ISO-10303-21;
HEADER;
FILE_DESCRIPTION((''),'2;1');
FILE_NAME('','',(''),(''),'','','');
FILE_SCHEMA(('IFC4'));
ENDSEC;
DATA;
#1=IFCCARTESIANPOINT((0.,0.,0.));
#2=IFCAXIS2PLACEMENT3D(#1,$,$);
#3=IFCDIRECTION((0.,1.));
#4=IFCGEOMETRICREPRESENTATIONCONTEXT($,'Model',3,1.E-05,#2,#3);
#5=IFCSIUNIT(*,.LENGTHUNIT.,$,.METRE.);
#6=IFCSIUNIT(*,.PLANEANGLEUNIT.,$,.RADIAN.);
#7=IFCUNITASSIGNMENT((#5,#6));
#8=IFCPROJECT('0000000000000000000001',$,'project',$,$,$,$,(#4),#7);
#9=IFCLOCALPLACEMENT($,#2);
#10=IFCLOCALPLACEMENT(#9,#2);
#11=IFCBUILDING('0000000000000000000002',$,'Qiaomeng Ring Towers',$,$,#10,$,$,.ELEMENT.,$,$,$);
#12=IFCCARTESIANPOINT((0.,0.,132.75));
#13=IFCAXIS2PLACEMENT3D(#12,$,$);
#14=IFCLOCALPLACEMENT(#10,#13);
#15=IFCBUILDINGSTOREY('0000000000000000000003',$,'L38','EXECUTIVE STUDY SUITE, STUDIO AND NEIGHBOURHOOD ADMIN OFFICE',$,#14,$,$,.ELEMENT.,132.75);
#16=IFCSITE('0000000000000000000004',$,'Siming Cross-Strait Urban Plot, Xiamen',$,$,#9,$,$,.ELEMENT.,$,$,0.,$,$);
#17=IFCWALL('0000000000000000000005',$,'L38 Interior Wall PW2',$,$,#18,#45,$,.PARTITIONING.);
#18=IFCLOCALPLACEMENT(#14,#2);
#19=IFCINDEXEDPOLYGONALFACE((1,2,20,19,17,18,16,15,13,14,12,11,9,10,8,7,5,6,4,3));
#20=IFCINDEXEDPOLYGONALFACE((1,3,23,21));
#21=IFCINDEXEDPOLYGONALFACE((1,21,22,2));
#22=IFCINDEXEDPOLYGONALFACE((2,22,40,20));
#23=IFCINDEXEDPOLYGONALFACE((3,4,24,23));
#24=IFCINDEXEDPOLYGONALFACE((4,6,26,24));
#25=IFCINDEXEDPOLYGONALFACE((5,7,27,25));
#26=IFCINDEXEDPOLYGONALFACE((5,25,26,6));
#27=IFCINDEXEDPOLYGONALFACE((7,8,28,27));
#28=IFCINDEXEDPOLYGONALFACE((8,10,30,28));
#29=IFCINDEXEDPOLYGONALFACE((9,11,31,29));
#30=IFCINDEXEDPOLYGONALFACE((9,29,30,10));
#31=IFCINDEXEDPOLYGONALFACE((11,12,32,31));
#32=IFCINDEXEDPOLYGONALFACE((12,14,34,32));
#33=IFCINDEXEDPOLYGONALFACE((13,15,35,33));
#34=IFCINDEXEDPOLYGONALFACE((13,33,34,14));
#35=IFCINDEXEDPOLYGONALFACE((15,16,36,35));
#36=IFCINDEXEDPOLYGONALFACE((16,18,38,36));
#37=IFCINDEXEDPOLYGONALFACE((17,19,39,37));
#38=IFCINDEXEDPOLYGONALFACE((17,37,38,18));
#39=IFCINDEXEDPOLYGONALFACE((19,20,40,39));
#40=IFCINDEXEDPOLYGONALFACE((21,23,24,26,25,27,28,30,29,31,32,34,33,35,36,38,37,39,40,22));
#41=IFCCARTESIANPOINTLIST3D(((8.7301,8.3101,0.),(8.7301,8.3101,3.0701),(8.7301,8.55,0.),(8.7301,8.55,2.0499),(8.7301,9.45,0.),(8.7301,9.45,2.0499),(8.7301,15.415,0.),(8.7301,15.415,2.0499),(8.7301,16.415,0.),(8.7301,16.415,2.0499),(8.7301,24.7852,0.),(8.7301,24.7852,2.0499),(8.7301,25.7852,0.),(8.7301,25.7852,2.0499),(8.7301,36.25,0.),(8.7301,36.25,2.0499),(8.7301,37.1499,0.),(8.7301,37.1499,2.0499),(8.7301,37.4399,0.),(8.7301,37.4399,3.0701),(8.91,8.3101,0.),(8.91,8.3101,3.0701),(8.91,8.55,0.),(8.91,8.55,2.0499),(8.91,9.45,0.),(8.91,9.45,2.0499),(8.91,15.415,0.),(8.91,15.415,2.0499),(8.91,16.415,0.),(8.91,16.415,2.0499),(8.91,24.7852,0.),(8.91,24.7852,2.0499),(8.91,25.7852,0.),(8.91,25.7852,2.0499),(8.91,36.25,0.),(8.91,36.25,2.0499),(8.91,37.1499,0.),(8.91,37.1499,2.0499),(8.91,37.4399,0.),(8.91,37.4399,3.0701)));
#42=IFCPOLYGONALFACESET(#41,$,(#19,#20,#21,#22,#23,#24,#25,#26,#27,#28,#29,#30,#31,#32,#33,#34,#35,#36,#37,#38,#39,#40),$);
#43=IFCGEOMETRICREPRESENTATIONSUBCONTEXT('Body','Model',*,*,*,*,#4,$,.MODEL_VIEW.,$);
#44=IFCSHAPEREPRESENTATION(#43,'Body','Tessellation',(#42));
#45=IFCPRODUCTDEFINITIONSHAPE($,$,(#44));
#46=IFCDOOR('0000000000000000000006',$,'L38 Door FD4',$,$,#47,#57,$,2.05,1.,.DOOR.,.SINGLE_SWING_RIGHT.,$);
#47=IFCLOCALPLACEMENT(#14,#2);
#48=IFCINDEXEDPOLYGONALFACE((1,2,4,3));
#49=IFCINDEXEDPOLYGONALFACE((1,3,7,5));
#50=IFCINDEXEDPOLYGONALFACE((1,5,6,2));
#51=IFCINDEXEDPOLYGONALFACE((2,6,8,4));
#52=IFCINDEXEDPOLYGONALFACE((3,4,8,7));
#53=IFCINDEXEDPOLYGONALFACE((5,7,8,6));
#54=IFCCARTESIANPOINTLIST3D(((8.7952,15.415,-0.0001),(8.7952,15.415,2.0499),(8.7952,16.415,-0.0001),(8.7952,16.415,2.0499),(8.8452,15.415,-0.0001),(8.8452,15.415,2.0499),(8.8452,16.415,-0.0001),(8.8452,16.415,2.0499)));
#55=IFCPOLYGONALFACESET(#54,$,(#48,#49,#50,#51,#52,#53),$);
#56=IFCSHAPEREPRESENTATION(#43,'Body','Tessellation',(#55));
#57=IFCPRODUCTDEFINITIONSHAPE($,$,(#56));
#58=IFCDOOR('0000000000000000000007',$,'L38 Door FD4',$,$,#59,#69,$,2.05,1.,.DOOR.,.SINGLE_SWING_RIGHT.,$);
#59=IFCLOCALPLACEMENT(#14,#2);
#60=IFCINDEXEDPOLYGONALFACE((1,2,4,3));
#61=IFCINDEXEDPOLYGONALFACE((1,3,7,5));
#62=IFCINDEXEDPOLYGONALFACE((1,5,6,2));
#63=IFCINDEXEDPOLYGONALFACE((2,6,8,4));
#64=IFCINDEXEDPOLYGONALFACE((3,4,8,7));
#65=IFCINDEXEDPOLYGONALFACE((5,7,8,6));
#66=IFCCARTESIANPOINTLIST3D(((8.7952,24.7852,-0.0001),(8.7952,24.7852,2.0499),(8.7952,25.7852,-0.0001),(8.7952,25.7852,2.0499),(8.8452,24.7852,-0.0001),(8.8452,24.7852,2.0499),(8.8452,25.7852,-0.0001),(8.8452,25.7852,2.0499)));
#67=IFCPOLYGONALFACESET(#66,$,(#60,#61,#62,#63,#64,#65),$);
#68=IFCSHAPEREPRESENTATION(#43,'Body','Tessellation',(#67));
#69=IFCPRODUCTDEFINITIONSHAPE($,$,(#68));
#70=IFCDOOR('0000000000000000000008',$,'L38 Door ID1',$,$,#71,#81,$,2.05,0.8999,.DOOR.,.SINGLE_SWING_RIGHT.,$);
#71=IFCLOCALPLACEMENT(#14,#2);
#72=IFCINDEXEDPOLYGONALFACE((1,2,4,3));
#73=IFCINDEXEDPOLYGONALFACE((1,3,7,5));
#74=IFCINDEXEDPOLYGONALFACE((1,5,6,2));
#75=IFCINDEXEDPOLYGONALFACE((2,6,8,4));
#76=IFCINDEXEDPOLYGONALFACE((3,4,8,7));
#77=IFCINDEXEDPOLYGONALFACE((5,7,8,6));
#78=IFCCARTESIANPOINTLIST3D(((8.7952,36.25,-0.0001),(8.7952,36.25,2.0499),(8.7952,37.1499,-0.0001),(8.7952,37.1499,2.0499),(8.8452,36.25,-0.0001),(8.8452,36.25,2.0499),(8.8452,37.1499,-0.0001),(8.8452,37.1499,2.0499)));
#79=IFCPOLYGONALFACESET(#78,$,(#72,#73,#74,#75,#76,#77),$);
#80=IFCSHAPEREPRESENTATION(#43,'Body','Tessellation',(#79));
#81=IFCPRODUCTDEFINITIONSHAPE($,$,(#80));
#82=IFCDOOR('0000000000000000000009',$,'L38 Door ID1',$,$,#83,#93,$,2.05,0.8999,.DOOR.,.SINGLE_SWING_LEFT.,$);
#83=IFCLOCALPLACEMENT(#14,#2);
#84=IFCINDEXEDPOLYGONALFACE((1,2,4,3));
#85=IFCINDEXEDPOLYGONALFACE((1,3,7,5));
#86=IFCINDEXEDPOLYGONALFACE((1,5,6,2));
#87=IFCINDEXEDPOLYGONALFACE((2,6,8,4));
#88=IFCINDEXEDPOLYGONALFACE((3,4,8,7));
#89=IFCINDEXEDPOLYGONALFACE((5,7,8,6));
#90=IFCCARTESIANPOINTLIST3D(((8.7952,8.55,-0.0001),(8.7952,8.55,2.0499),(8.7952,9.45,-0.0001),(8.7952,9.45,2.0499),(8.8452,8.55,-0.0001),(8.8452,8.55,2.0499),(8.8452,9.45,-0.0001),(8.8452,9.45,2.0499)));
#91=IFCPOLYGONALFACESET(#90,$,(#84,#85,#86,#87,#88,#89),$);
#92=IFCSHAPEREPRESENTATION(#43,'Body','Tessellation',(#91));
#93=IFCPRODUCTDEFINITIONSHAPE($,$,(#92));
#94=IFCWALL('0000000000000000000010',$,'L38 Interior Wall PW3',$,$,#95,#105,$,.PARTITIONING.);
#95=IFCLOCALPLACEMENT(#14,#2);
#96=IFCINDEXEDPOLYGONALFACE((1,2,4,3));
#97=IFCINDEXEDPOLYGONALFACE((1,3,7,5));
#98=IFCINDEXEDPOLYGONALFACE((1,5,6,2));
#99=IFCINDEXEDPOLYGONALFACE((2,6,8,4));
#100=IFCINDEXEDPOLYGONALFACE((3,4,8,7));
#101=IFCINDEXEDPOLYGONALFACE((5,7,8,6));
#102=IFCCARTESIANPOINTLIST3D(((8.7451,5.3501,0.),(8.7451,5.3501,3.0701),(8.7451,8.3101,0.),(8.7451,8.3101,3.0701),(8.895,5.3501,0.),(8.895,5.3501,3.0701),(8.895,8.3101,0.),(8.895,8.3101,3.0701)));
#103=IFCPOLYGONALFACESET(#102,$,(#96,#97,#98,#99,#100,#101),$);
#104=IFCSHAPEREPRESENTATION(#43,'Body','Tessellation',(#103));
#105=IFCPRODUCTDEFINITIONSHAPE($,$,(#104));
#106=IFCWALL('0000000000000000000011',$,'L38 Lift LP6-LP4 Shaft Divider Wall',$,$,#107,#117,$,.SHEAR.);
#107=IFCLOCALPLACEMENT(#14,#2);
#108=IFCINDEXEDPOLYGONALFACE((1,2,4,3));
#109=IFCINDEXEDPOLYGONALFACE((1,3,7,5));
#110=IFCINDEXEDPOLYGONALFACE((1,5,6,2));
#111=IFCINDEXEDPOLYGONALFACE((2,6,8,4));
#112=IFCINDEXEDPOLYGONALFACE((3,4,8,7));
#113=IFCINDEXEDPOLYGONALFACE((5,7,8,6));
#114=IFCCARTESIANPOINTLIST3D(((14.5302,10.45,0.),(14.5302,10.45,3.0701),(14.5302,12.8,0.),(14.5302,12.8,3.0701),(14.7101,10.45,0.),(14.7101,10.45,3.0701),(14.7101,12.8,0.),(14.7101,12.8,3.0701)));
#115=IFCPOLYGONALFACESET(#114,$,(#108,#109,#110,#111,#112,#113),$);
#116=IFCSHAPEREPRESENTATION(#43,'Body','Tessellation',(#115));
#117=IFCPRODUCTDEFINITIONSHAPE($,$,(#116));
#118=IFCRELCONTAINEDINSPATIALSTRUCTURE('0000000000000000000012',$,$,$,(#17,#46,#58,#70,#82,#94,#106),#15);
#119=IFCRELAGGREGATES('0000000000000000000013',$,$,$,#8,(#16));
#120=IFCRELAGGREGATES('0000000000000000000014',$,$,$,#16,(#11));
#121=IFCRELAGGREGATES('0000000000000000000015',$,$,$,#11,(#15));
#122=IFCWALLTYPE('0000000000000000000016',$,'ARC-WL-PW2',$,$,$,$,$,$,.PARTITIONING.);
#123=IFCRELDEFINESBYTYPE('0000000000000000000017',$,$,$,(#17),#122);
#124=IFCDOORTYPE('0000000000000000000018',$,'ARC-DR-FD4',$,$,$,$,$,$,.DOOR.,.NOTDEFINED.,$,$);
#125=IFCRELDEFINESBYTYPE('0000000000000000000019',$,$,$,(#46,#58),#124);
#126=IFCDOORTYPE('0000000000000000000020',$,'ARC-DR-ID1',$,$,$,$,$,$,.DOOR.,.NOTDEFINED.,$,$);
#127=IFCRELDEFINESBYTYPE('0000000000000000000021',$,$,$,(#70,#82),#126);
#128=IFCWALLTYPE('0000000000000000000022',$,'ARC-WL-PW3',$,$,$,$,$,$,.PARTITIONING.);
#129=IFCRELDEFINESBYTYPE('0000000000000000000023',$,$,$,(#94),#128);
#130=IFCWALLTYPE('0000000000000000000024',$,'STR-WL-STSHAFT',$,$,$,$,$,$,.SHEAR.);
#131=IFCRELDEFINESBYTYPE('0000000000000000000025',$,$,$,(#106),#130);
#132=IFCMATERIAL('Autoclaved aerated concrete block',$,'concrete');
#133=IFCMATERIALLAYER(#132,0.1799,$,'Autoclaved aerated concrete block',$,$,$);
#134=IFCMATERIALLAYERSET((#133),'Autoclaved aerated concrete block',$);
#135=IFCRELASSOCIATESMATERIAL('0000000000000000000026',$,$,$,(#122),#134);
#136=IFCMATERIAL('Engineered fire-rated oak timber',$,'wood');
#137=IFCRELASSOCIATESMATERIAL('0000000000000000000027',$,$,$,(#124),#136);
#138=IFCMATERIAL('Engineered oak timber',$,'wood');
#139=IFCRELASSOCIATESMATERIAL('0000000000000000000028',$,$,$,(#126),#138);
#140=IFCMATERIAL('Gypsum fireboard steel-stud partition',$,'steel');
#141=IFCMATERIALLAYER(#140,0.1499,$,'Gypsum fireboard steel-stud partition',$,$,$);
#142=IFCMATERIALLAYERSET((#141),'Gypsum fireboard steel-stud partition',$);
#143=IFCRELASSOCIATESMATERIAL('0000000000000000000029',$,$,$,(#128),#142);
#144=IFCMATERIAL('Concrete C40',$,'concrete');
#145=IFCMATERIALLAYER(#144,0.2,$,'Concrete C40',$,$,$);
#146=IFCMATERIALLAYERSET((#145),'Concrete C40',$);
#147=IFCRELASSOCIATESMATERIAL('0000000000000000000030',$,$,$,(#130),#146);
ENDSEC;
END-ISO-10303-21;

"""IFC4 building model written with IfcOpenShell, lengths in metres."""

from ifc_helpers import new_model, si_unit, direction, frame, frame_2d, origin, place, context, subcontext, project, spatial, rectangle, extrude, source, transform, mapped, material, layer, layer_set, type_object, element, fill, save


model = new_model("IFC4")

# Units and contexts
model_context = context("Model", 3, precision=1e-05, world=origin(), true_north=direction((0.0, 1.0)))
body_context = subcontext(model_context, "Body", "Model", "MODEL_VIEW")
ifc_project = project(units=[si_unit("LENGTHUNIT", "METRE"), si_unit("PLANEANGLEUNIT", "RADIAN")], contexts=[model_context])

# Site, building, storey
site_placement = place(None, origin())
site = spatial("IfcSite", under=ifc_project, at=site_placement, Name="Siming Cross-Strait Urban Plot, Xiamen", CompositionType="ELEMENT", RefElevation=0.0)
building_placement = place(site_placement, origin())
building = spatial("IfcBuilding", under=site, at=building_placement, Name="Qiaomeng Ring Towers", CompositionType="ELEMENT")
storey_placement = place(building_placement, frame((0.0, 0.0, 132.75)))
storey = spatial("IfcBuildingStorey", under=building, at=storey_placement, Name="L38", Description="EXECUTIVE STUDY SUITE, STUDIO AND NEIGHBOURHOOD ADMIN OFFICE", CompositionType="ELEMENT", Elevation=132.75)

# Wall, openings, doors
ifc_material_1 = material(Name="Autoclaved aerated concrete block", Category="concrete")
ifc_layer_1 = layer(ifc_material_1, 0.1799, Name="Autoclaved aerated concrete block")
ifc_layer_set_1 = layer_set([ifc_layer_1], Name="Autoclaved aerated concrete block")
wall_type_1 = type_object("IfcWallType", Name="ARC-WL-PW2", PredefinedType="PARTITIONING", material=ifc_layer_set_1)
ifc_material_2 = material(Name="Engineered fire-rated oak timber", Category="wood")
door_type_1 = type_object("IfcDoorType", Name="ARC-DR-FD4", OperationType="NOTDEFINED", PredefinedType="DOOR", material=ifc_material_2)
shared_shape_1 = source(origin(), body_context, "Body", "SweptSolid", [
    extrude(rectangle(XDim=1.0, YDim=2.05, at=frame_2d((0.5, 1.0249))), frame((0.0, 0.0249, 0.0), z_axis=(0.0, -1.0, 0.0), x_axis=(1.0, 0.0, 0.0)), (0.0, 0.0, 1.0), 0.05),
])
wall_1_placement = place(storey_placement, frame((8.8201, 8.3101, 0.0), z_axis=(0.0, 0.0, 1.0), x_axis=(0.0, 1.0, 0.0)))
wall_1 = element("IfcWall", 1, at=wall_1_placement, inside=storey, type_object=wall_type_1, Name="L38 Interior Wall PW2", PredefinedType="PARTITIONING", context=body_context, shape_type="SweptSolid", body=[
    extrude(rectangle(XDim=29.1299, YDim=0.1799, at=frame_2d((14.5649, 0.0))), origin(), (0.0, 0.0, 1.0), 3.0701),
])
opening_1_placement = place(wall_1_placement, frame((27.9399, 0.0, 0.0)))
opening_1 = element("IfcOpeningElement", 2, at=opening_1_placement, cuts=wall_1, PredefinedType="OPENING", context=body_context, shape_type="SweptSolid", body=[
    extrude(rectangle(XDim=0.8999, YDim=2.05, at=frame_2d((0.45, 1.0249))), frame((0.0, 0.0999, 0.0), z_axis=(0.0, -1.0, 0.0), x_axis=(1.0, 0.0, 0.0)), (0.0, 0.0, 1.0), 0.2),
])
opening_2_placement = place(wall_1_placement, frame((0.24, 0.0, 0.0)))
opening_2 = element("IfcOpeningElement", 3, at=opening_2_placement, cuts=wall_1, PredefinedType="OPENING", context=body_context, shape_type="SweptSolid", body=[
    extrude(rectangle(XDim=0.8999, YDim=2.05, at=frame_2d((0.45, 1.0249))), frame((0.0, 0.0999, 0.0), z_axis=(0.0, -1.0, 0.0), x_axis=(1.0, 0.0, 0.0)), (0.0, 0.0, 1.0), 0.2),
])
opening_3_placement = place(wall_1_placement, frame((7.105, 0.0, 0.0)))
opening_3 = element("IfcOpeningElement", 4, at=opening_3_placement, cuts=wall_1, PredefinedType="OPENING", context=body_context, shape_type="SweptSolid", body=[
    extrude(rectangle(XDim=1.0, YDim=2.05, at=frame_2d((0.5, 1.0249))), frame((0.0, 0.0999, 0.0), z_axis=(0.0, -1.0, 0.0), x_axis=(1.0, 0.0, 0.0)), (0.0, 0.0, 1.0), 0.2),
])
opening_4_placement = place(wall_1_placement, frame((16.4751, 0.0, 0.0)))
opening_4 = element("IfcOpeningElement", 5, at=opening_4_placement, cuts=wall_1, PredefinedType="OPENING", context=body_context, shape_type="SweptSolid", body=[
    extrude(rectangle(XDim=1.0, YDim=2.05, at=frame_2d((0.5, 1.0249))), frame((0.0, 0.0999, 0.0), z_axis=(0.0, -1.0, 0.0), x_axis=(1.0, 0.0, 0.0)), (0.0, 0.0, 1.0), 0.2),
])
door_1_placement = place(opening_3_placement, origin())
door_1 = element("IfcDoor", 6, at=door_1_placement, inside=storey, type_object=door_type_1, Name="L38 Door FD4", OperationType="SINGLE_SWING_RIGHT", OverallHeight=2.05, OverallWidth=1.0, PredefinedType="DOOR", context=body_context, shape_type="MappedRepresentation", body=[
    mapped(shared_shape_1, transform((0.0, 0.0, 0.0), x_axis=(1.0, 0.0, 0.0), y_axis=(0.0, 1.0, 0.0), z_axis=(0.0, 0.0, 1.0), scale=1.0)),
])
fill(opening_3, door_1)
door_2_placement = place(opening_4_placement, origin())
door_2 = element("IfcDoor", 7, at=door_2_placement, inside=storey, type_object=door_type_1, Name="L38 Door FD4", OperationType="SINGLE_SWING_RIGHT", OverallHeight=2.05, OverallWidth=1.0, PredefinedType="DOOR", context=body_context, shape_type="MappedRepresentation", body=[
    mapped(shared_shape_1, transform((0.0, 0.0, 0.0), x_axis=(1.0, 0.0, 0.0), y_axis=(0.0, 1.0, 0.0), z_axis=(0.0, 0.0, 1.0), scale=1.0)),
])
fill(opening_4, door_2)
ifc_material_3 = material(Name="Engineered oak timber", Category="wood")
door_type_2 = type_object("IfcDoorType", Name="ARC-DR-ID1", OperationType="NOTDEFINED", PredefinedType="DOOR", material=ifc_material_3)
shared_shape_2 = source(origin(), body_context, "Body", "SweptSolid", [
    extrude(rectangle(XDim=0.8999, YDim=2.05, at=frame_2d((0.45, 1.0249))), frame((0.0, 0.0249, 0.0), z_axis=(0.0, -1.0, 0.0), x_axis=(1.0, 0.0, 0.0)), (0.0, 0.0, 1.0), 0.05),
])
door_3_placement = place(opening_1_placement, origin())
door_3 = element("IfcDoor", 8, at=door_3_placement, inside=storey, type_object=door_type_2, Name="L38 Door ID1", OperationType="SINGLE_SWING_RIGHT", OverallHeight=2.05, OverallWidth=0.8999, PredefinedType="DOOR", context=body_context, shape_type="MappedRepresentation", body=[
    mapped(shared_shape_2, transform((0.0, 0.0, 0.0), x_axis=(1.0, 0.0, 0.0), y_axis=(0.0, 1.0, 0.0), z_axis=(0.0, 0.0, 1.0), scale=1.0)),
])
fill(opening_1, door_3)
door_4_placement = place(opening_2_placement, origin())
door_4 = element("IfcDoor", 9, at=door_4_placement, inside=storey, type_object=door_type_2, Name="L38 Door ID1", OperationType="SINGLE_SWING_LEFT", OverallHeight=2.05, OverallWidth=0.8999, PredefinedType="DOOR", context=body_context, shape_type="MappedRepresentation", body=[
    mapped(shared_shape_2, transform((0.0, 0.0, 0.0), x_axis=(1.0, 0.0, 0.0), y_axis=(0.0, 1.0, 0.0), z_axis=(0.0, 0.0, 1.0), scale=1.0)),
])
fill(opening_2, door_4)

# Walls
ifc_material_4 = material(Name="Gypsum fireboard steel-stud partition", Category="steel")
ifc_layer_2 = layer(ifc_material_4, 0.1499, Name="Gypsum fireboard steel-stud partition")
ifc_layer_set_2 = layer_set([ifc_layer_2], Name="Gypsum fireboard steel-stud partition")
wall_type_2 = type_object("IfcWallType", Name="ARC-WL-PW3", PredefinedType="PARTITIONING", material=ifc_layer_set_2)
wall_2_placement = place(storey_placement, frame((8.8201, 5.3501, 0.0), z_axis=(0.0, 0.0, 1.0), x_axis=(0.0, 1.0, 0.0)))
element("IfcWall", 10, at=wall_2_placement, inside=storey, type_object=wall_type_2, Name="L38 Interior Wall PW3", PredefinedType="PARTITIONING", context=body_context, shape_type="SweptSolid", body=[
    extrude(rectangle(XDim=2.96, YDim=0.1499, at=frame_2d((1.48, 0.0))), origin(), (0.0, 0.0, 1.0), 3.0701),
])
ifc_material_5 = material(Name="Concrete C40", Category="concrete")
ifc_layer_3 = layer(ifc_material_5, 0.2, Name="Concrete C40")
ifc_layer_set_3 = layer_set([ifc_layer_3], Name="Concrete C40")
wall_type_3 = type_object("IfcWallType", Name="STR-WL-STSHAFT", PredefinedType="SHEAR", material=ifc_layer_set_3)
wall_3_placement = place(storey_placement, frame((14.6201, 10.45, 0.0), z_axis=(0.0, 0.0, 1.0), x_axis=(0.0, 1.0, 0.0)))
element("IfcWall", 11, at=wall_3_placement, inside=storey, type_object=wall_type_3, Name="L38 Lift LP6-LP4 Shaft Divider Wall", PredefinedType="SHEAR", context=body_context, shape_type="SweptSolid", body=[
    extrude(rectangle(XDim=2.3501, YDim=0.1799, at=frame_2d((1.175, 0.0))), origin(), (0.0, 0.0, 1.0), 3.0701),
])

save(model, "model.ifc")
